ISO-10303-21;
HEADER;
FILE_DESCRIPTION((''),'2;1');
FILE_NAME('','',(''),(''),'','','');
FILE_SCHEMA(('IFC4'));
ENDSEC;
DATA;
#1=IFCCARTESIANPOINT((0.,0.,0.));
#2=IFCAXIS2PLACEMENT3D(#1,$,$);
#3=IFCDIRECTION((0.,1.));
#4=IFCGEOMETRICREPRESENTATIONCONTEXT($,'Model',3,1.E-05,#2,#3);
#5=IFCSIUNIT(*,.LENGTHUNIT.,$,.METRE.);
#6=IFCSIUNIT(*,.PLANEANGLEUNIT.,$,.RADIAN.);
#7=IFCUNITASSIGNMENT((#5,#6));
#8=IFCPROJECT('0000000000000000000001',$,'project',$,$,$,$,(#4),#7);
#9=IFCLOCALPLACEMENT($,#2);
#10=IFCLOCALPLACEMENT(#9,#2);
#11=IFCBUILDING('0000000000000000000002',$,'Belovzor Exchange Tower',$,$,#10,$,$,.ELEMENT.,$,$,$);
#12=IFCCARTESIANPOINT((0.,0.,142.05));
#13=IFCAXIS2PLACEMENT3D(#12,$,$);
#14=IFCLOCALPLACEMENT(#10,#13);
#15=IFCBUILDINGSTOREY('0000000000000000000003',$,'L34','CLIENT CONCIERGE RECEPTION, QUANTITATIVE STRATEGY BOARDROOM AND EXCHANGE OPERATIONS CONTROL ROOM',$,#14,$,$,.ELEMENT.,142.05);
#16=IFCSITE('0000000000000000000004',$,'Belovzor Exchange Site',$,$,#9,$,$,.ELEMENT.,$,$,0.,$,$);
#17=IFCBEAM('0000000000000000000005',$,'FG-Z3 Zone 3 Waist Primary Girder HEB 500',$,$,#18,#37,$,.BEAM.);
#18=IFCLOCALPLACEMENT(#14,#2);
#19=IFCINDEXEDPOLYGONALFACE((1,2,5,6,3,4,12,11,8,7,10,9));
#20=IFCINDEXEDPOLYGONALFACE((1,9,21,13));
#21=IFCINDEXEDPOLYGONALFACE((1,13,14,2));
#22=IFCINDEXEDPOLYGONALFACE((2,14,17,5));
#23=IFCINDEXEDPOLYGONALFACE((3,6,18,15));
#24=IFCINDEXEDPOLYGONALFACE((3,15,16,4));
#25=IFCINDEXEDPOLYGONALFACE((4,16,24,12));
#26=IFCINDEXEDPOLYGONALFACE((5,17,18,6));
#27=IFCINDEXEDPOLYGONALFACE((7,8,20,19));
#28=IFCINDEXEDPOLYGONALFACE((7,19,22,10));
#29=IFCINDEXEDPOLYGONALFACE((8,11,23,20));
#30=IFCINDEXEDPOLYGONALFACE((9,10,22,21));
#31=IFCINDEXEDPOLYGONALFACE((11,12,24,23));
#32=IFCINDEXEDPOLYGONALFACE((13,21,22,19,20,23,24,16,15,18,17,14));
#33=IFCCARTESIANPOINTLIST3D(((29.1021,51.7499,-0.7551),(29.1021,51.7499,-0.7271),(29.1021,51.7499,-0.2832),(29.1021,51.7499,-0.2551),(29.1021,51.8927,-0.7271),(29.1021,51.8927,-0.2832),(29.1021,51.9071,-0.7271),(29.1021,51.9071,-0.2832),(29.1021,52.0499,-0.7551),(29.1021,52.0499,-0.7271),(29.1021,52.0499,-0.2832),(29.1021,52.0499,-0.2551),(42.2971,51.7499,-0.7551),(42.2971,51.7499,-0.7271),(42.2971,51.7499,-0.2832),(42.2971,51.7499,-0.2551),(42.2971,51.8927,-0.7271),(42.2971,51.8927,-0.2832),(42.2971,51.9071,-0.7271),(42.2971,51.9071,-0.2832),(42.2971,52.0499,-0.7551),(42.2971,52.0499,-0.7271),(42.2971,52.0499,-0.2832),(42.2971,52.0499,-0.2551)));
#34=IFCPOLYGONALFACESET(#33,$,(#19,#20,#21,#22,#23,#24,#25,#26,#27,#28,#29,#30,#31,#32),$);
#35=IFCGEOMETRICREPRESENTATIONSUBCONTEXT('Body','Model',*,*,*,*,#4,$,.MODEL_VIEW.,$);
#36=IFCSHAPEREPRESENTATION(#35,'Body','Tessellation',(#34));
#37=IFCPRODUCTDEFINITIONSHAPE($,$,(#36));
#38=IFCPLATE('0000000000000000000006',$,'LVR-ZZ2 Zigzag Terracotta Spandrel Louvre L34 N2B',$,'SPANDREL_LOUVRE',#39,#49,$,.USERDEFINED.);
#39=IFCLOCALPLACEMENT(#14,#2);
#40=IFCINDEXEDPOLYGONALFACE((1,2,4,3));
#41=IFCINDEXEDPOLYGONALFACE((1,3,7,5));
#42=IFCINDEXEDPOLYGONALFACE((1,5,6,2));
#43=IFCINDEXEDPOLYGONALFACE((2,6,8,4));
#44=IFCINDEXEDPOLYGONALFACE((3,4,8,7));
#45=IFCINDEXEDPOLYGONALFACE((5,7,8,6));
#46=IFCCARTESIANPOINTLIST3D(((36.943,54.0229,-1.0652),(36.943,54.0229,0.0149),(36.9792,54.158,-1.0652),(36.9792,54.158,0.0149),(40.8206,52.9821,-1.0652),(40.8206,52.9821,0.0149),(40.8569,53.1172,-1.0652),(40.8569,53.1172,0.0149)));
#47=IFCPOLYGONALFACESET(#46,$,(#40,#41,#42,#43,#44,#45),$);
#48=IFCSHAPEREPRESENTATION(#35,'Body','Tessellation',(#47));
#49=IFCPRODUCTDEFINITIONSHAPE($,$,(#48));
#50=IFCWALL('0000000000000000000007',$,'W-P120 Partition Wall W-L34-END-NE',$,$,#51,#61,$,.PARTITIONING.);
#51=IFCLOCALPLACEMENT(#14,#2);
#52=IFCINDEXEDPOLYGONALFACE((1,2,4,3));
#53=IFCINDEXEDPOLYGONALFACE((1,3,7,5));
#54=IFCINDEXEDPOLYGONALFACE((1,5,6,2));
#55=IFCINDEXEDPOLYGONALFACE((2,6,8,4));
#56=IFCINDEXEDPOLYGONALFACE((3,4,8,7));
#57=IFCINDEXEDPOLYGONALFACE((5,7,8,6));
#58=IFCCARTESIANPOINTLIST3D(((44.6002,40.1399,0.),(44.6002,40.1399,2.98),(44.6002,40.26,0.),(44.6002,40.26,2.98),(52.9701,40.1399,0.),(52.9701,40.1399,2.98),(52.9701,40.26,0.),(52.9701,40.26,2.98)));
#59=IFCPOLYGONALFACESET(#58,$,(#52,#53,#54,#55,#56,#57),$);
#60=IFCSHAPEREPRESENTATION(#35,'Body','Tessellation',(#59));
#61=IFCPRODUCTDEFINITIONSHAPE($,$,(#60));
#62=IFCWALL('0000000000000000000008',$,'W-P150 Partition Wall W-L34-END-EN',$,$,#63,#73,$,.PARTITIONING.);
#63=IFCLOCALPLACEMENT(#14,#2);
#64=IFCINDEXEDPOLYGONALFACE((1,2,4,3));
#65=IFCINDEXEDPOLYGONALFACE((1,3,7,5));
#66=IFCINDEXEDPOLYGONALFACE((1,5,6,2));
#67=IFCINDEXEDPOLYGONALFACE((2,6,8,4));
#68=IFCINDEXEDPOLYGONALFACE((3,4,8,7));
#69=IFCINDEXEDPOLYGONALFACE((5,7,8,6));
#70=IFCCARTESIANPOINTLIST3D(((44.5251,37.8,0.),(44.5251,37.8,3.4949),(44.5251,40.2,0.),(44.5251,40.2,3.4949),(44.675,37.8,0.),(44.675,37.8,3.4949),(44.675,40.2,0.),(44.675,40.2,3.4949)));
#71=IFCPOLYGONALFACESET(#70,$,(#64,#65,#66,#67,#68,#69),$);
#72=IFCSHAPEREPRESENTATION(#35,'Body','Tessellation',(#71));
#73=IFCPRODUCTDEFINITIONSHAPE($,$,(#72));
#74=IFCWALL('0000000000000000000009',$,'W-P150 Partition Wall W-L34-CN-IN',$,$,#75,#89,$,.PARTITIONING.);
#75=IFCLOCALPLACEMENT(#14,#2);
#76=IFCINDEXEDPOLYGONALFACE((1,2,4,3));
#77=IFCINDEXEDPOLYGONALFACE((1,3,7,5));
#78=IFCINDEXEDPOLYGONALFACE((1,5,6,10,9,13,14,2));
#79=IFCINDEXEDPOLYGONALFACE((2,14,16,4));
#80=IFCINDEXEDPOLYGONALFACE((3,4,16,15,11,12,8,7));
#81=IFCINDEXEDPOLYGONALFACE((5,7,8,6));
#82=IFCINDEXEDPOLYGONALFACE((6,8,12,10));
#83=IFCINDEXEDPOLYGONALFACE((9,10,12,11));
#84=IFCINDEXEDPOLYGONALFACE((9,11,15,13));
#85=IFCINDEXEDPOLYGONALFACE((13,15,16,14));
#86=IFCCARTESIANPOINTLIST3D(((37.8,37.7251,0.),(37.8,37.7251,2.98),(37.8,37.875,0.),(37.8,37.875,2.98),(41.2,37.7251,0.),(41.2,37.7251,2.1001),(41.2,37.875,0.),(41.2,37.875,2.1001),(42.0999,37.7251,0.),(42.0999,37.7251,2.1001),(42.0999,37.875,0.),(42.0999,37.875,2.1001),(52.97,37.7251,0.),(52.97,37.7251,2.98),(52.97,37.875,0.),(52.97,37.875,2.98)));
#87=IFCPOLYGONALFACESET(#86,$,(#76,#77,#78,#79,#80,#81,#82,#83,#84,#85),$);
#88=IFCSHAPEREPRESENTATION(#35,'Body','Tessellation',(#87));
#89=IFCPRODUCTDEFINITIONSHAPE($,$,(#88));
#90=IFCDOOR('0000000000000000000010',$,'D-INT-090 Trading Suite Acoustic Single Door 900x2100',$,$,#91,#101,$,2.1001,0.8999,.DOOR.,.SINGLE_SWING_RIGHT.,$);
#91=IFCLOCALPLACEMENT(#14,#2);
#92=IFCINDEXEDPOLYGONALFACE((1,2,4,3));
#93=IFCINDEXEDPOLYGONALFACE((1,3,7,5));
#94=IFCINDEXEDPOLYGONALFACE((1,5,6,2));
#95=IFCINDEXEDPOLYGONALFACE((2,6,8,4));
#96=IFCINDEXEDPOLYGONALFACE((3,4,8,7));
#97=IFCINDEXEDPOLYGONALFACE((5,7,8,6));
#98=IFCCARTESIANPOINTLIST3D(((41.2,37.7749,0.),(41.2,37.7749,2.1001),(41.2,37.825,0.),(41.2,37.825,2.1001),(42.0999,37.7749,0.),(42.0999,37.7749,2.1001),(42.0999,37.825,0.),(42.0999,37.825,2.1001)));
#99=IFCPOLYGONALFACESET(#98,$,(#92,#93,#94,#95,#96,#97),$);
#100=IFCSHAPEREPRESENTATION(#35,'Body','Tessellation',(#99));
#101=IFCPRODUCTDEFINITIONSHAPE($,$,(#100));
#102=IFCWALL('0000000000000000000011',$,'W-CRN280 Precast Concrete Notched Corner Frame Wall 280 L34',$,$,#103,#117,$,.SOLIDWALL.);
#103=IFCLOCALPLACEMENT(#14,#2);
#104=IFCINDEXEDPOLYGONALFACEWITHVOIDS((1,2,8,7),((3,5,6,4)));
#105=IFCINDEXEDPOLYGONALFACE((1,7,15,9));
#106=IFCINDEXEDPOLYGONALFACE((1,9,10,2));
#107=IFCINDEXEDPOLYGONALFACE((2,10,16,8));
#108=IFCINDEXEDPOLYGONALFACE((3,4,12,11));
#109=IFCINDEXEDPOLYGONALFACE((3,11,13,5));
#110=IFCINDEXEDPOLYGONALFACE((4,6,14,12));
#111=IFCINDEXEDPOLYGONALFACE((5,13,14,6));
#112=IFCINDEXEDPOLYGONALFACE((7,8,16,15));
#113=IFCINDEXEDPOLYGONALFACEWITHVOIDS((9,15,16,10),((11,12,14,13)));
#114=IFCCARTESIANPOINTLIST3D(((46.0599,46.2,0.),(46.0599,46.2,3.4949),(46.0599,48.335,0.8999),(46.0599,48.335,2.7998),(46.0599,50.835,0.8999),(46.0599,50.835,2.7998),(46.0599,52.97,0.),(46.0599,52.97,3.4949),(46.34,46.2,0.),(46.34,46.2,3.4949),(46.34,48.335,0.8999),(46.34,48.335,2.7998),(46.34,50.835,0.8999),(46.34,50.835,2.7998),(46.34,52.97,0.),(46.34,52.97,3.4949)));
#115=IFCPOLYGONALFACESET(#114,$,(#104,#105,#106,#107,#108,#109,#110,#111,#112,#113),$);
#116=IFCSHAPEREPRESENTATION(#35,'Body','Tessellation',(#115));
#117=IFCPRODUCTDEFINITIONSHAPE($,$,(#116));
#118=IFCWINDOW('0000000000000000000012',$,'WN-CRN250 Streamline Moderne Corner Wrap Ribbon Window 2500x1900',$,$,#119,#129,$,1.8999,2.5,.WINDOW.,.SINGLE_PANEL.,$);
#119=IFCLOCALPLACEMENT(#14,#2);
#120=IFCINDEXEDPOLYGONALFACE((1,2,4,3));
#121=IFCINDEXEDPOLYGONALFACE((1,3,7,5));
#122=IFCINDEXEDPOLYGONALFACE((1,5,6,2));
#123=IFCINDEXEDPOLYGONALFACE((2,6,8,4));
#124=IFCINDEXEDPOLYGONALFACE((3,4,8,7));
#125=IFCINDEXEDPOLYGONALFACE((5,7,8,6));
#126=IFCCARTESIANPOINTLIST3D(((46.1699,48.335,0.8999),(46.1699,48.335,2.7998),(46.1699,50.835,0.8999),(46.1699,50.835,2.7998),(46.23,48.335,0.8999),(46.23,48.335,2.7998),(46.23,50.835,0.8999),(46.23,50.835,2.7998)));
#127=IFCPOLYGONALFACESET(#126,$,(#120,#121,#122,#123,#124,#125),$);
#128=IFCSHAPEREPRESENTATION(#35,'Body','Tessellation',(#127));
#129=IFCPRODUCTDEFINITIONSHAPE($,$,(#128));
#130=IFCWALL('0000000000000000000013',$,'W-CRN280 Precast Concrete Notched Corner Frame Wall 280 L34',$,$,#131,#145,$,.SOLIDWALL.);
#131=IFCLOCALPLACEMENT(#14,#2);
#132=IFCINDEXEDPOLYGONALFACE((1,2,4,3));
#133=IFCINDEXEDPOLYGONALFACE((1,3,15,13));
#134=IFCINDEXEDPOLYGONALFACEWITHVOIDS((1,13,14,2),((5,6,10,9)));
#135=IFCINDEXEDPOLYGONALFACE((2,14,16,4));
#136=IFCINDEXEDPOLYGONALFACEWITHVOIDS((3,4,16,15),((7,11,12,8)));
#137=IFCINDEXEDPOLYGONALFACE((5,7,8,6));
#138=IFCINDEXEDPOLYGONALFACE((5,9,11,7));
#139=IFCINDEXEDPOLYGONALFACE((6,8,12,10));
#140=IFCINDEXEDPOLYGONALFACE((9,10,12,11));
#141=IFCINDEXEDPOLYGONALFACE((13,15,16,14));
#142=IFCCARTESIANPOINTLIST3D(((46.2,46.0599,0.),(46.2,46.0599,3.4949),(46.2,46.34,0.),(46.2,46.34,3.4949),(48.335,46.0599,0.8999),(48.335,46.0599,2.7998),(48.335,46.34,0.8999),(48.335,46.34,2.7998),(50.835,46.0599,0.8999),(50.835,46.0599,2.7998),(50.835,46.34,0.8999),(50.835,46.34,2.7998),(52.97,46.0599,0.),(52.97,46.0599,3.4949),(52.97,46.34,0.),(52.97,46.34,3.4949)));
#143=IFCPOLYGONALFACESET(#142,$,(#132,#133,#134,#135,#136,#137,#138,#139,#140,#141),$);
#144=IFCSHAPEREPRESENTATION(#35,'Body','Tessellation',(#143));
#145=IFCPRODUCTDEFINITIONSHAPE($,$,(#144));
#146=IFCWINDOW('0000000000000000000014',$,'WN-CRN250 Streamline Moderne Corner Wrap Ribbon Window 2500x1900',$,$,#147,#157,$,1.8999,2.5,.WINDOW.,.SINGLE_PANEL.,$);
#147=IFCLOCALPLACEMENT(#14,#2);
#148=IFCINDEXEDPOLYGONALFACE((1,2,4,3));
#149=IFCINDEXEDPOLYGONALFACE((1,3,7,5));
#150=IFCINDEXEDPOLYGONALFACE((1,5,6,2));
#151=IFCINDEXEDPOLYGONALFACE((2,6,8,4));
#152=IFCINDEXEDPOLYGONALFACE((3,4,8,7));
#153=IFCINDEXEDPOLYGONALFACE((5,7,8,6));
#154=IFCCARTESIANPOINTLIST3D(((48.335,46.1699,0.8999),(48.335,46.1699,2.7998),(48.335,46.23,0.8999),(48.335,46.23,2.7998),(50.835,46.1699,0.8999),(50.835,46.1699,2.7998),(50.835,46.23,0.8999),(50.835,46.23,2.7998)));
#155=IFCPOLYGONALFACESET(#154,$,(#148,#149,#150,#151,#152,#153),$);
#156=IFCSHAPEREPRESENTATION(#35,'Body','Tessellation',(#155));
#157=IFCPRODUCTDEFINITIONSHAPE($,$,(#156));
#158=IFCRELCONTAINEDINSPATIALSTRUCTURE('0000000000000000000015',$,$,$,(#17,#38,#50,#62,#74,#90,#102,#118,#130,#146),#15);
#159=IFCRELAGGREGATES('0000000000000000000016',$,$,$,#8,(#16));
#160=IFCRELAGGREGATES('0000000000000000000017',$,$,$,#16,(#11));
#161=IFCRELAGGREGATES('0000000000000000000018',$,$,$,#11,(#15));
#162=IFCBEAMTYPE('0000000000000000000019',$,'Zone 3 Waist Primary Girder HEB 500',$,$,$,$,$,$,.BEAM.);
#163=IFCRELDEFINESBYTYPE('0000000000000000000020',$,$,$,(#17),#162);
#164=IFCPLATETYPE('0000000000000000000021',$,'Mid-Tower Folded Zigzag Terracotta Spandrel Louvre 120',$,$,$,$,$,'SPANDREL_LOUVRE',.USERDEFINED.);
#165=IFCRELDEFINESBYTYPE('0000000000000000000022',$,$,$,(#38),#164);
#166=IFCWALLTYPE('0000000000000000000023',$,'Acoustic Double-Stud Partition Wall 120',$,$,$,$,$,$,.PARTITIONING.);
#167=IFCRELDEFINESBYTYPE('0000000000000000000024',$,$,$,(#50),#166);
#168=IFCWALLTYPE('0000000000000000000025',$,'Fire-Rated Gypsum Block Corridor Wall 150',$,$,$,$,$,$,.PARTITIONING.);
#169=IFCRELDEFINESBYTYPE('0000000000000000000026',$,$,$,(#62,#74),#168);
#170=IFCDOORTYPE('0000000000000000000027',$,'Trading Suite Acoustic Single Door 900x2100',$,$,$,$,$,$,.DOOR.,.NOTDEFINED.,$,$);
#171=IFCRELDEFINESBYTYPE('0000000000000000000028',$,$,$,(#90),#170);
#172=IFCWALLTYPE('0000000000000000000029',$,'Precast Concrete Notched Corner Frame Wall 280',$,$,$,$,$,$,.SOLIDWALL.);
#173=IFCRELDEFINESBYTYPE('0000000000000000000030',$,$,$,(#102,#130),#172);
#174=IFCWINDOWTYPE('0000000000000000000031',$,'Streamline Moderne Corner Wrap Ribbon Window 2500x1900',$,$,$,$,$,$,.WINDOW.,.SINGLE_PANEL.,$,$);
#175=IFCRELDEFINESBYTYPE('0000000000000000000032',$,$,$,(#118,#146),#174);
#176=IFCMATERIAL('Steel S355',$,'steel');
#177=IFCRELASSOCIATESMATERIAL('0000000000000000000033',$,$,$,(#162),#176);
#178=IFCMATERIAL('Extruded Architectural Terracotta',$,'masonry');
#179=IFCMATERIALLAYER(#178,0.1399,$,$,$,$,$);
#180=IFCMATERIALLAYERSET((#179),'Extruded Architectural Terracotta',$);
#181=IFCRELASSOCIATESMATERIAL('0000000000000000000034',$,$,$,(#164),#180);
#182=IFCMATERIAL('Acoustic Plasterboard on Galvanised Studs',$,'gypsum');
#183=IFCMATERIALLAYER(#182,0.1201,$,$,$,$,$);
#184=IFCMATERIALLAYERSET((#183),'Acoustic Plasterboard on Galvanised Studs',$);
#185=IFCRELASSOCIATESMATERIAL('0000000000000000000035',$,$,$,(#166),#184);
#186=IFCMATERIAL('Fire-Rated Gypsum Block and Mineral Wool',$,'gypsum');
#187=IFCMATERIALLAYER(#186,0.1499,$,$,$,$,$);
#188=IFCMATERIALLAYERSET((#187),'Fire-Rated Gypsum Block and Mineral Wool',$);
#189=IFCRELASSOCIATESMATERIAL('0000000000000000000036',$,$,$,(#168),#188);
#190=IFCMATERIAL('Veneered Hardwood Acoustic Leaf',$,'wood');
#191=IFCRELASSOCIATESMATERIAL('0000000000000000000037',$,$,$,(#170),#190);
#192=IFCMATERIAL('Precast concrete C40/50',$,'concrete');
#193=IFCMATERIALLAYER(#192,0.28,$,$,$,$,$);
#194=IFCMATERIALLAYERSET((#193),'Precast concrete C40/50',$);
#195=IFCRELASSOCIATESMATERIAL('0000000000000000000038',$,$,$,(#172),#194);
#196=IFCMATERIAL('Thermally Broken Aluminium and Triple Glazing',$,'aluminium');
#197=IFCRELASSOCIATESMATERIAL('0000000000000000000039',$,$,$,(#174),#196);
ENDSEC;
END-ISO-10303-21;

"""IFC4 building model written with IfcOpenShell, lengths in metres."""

from ifc_helpers import new_model, si_unit, direction, frame, frame_2d, origin, origin_2d, place, context, subcontext, project, spatial, rectangle, i_section, extrude, material, layer, layer_set, material_profile, profile_set, type_object, element, fill, save


model = new_model("IFC4")

# Units and contexts
model_context = context("Model", 3, precision=1e-05, world=origin(), true_north=direction((0.0, 1.0)))
body_context = subcontext(model_context, "Body", "Model", "MODEL_VIEW")
ifc_project = project(units=[si_unit("LENGTHUNIT", "METRE"), si_unit("PLANEANGLEUNIT", "RADIAN")], contexts=[model_context])

# Site, building, storey
site_placement = place(None, origin())
site = spatial("IfcSite", under=ifc_project, at=site_placement, Name="Belovzor Exchange Site", CompositionType="ELEMENT", RefElevation=0.0)
building_placement = place(site_placement, origin())
building = spatial("IfcBuilding", under=site, at=building_placement, Name="Belovzor Exchange Tower", CompositionType="ELEMENT")
storey_placement = place(building_placement, frame((0.0, 0.0, 142.05)))
storey = spatial("IfcBuildingStorey", under=building, at=storey_placement, Name="L34", Description="CLIENT CONCIERGE RECEPTION, QUANTITATIVE STRATEGY BOARDROOM AND EXCHANGE OPERATIONS CONTROL ROOM", CompositionType="ELEMENT", Elevation=142.05)

# Beam
ifc_material_1 = material(Name="Steel S355", Category="steel")
ifc_material_profile_1 = material_profile(ifc_material_1, i_section(OverallWidth=0.3, OverallDepth=0.5, WebThickness=0.0144, FlangeThickness=0.0281, at=origin_2d()))
ifc_profile_set_1 = profile_set([ifc_material_profile_1], Name="Steel S355")
beam_type_1 = type_object("IfcBeamType", Name="Zone 3 Waist Primary Girder HEB 500", PredefinedType="BEAM", material=ifc_profile_set_1)
beam_1_placement = place(storey_placement, frame((42.2971, 51.8999, -0.5051), z_axis=(-1.0, 0.0, 0.0), x_axis=(0.0, -1.0, 0.0)))
element("IfcBeam", 1, at=beam_1_placement, inside=storey, type_object=beam_type_1, Name="FG-Z3 Zone 3 Waist Primary Girder HEB 500", PredefinedType="BEAM", context=body_context, shape_type="SweptSolid", body=[
    extrude(i_section(OverallWidth=0.3, OverallDepth=0.5, WebThickness=0.0144, FlangeThickness=0.0281, at=origin_2d()), origin(), (0.0, 0.0, 1.0), 13.1951),
])

# Plate
ifc_material_2 = material(Name="Extruded Architectural Terracotta", Category="masonry")
ifc_layer_1 = layer(ifc_material_2, 0.1399)
ifc_layer_set_1 = layer_set([ifc_layer_1], Name="Extruded Architectural Terracotta")
plate_type = type_object("IfcPlateType", Name="Mid-Tower Folded Zigzag Terracotta Spandrel Louvre 120", ElementType="SPANDREL_LOUVRE", PredefinedType="USERDEFINED", material=ifc_layer_set_1)
plate_placement = place(storey_placement, frame((38.8999, 53.5701, -1.0652), z_axis=(0.0, 0.0, 1.0), x_axis=(0.965813, -0.25924, 0.0)))
element("IfcPlate", 2, at=plate_placement, inside=storey, type_object=plate_type, Name="LVR-ZZ2 Zigzag Terracotta Spandrel Louvre L34 N2B", ObjectType="SPANDREL_LOUVRE", PredefinedType="USERDEFINED", context=body_context, shape_type="SweptSolid", body=[
    extrude(rectangle(XDim=4.0149, YDim=0.1399, at=origin_2d()), origin(), (0.0, 0.0, 1.0), 1.0801),
])

# Walls
ifc_material_3 = material(Name="Acoustic Plasterboard on Galvanised Studs", Category="gypsum")
ifc_layer_2 = layer(ifc_material_3, 0.1201)
ifc_layer_set_2 = layer_set([ifc_layer_2], Name="Acoustic Plasterboard on Galvanised Studs")
wall_type_1 = type_object("IfcWallType", Name="Acoustic Double-Stud Partition Wall 120", PredefinedType="PARTITIONING", material=ifc_layer_set_2)
wall_1_placement = place(storey_placement, frame((44.6001, 40.2, 0.0), z_axis=(0.0, 0.0, 1.0), x_axis=(1.0, 0.0, 0.0)))
element("IfcWall", 3, at=wall_1_placement, inside=storey, type_object=wall_type_1, Name="W-P120 Partition Wall W-L34-END-NE", PredefinedType="PARTITIONING", context=body_context, shape_type="SweptSolid", body=[
    extrude(rectangle(XDim=8.3699, YDim=0.1201, at=frame_2d((4.1851, 0.0))), origin(), (0.0, 0.0, 1.0), 2.98),
])
ifc_material_4 = material(Name="Fire-Rated Gypsum Block and Mineral Wool", Category="gypsum")
ifc_layer_3 = layer(ifc_material_4, 0.1499)
ifc_layer_set_3 = layer_set([ifc_layer_3], Name="Fire-Rated Gypsum Block and Mineral Wool")
wall_type_2 = type_object("IfcWallType", Name="Fire-Rated Gypsum Block Corridor Wall 150", PredefinedType="PARTITIONING", material=ifc_layer_set_3)
wall_2_placement = place(storey_placement, frame((44.6001, 37.8, 0.0), z_axis=(0.0, 0.0, 1.0), x_axis=(0.0, 1.0, 0.0)))
element("IfcWall", 4, at=wall_2_placement, inside=storey, type_object=wall_type_2, Name="W-P150 Partition Wall W-L34-END-EN", PredefinedType="PARTITIONING", context=body_context, shape_type="SweptSolid", body=[
    extrude(rectangle(XDim=2.3999, YDim=0.1499, at=frame_2d((1.2, 0.0))), origin(), (0.0, 0.0, 1.0), 3.4949),
])

# Wall, opening, door
wall_3_placement = place(storey_placement, frame((37.8, 37.8, 0.0), z_axis=(0.0, 0.0, 1.0), x_axis=(1.0, 0.0, 0.0)))
wall_3 = element("IfcWall", 5, at=wall_3_placement, inside=storey, type_object=wall_type_2, Name="W-P150 Partition Wall W-L34-CN-IN", PredefinedType="PARTITIONING", context=body_context, shape_type="SweptSolid", body=[
    extrude(rectangle(XDim=15.1699, YDim=0.1499, at=frame_2d((7.585, 0.0))), origin(), (0.0, 0.0, 1.0), 2.98),
])
opening_1_placement = place(wall_3_placement, frame((3.3999, 0.0, 0.0)))
opening_1 = element("IfcOpeningElement", 6, at=opening_1_placement, cuts=wall_3, PredefinedType="OPENING", context=body_context, shape_type="SweptSolid", body=[
    extrude(rectangle(XDim=0.8999, YDim=2.1001, at=frame_2d((0.45, 1.05))), frame((0.0, 0.085, 0.0), z_axis=(0.0, -1.0, 0.0), x_axis=(1.0, 0.0, 0.0)), (0.0, 0.0, 1.0), 0.1699),
])
ifc_material_5 = material(Name="Veneered Hardwood Acoustic Leaf", Category="wood")
door_type_1 = type_object("IfcDoorType", Name="Trading Suite Acoustic Single Door 900x2100", OperationType="NOTDEFINED", PredefinedType="DOOR", material=ifc_material_5)
door_1_placement = place(opening_1_placement, origin())
door_1 = element("IfcDoor", 7, at=door_1_placement, inside=storey, type_object=door_type_1, Name="D-INT-090 Trading Suite Acoustic Single Door 900x2100", OperationType="SINGLE_SWING_RIGHT", OverallHeight=2.1001, OverallWidth=0.8999, PredefinedType="DOOR", context=body_context, shape_type="SweptSolid", body=[
    extrude(rectangle(XDim=0.8999, YDim=2.1001, at=frame_2d((0.45, 1.05))), frame((0.0, 0.0249, 0.0), z_axis=(0.0, -1.0, 0.0), x_axis=(1.0, 0.0, 0.0)), (0.0, 0.0, 1.0), 0.05),
])
fill(opening_1, door_1)

# Walls, openings, windows
ifc_material_6 = material(Name="Precast concrete C40/50", Category="concrete")
ifc_layer_4 = layer(ifc_material_6, 0.28)
ifc_layer_set_4 = layer_set([ifc_layer_4], Name="Precast concrete C40/50")
wall_type_3 = type_object("IfcWallType", Name="Precast Concrete Notched Corner Frame Wall 280", PredefinedType="SOLIDWALL", material=ifc_layer_set_4)
wall_4_placement = place(storey_placement, frame((46.2, 52.97, 0.0), z_axis=(0.0, 0.0, 1.0), x_axis=(0.0, -1.0, 0.0)))
wall_4 = element("IfcWall", 8, at=wall_4_placement, inside=storey, type_object=wall_type_3, Name="W-CRN280 Precast Concrete Notched Corner Frame Wall 280 L34", PredefinedType="SOLIDWALL", context=body_context, shape_type="SweptSolid", body=[
    extrude(rectangle(XDim=6.77, YDim=0.28, at=frame_2d((3.385, 0.0))), origin(), (0.0, 0.0, 1.0), 3.4949),
])
opening_2_placement = place(wall_4_placement, frame((2.135, 0.0, 0.8999)))
opening_2 = element("IfcOpeningElement", 9, at=opening_2_placement, cuts=wall_4, PredefinedType="OPENING", context=body_context, shape_type="SweptSolid", body=[
    extrude(rectangle(XDim=2.5, YDim=1.8999, at=frame_2d((1.25, 0.95))), frame((0.0, 0.1499, 0.0), z_axis=(0.0, -1.0, 0.0), x_axis=(1.0, 0.0, 0.0)), (0.0, 0.0, 1.0), 0.3),
])
ifc_material_7 = material(Name="Thermally Broken Aluminium and Triple Glazing", Category="aluminium")
window_type = type_object("IfcWindowType", Name="Streamline Moderne Corner Wrap Ribbon Window 2500x1900", PartitioningType="SINGLE_PANEL", PredefinedType="WINDOW", material=ifc_material_7)
window_1_placement = place(opening_2_placement, origin())
window_1 = element("IfcWindow", 10, at=window_1_placement, inside=storey, type_object=window_type, Name="WN-CRN250 Streamline Moderne Corner Wrap Ribbon Window 2500x1900", OverallHeight=1.8999, OverallWidth=2.5, PartitioningType="SINGLE_PANEL", PredefinedType="WINDOW", context=body_context, shape_type="SweptSolid", body=[
    extrude(rectangle(XDim=2.5, YDim=1.8999, at=frame_2d((1.25, 0.95))), frame((0.0, 0.03, 0.0), z_axis=(0.0, -1.0, 0.0), x_axis=(1.0, 0.0, 0.0)), (0.0, 0.0, 1.0), 0.0601),
])
fill(opening_2, window_1)
wall_5_placement = place(storey_placement, frame((46.2, 46.2, 0.0), z_axis=(0.0, 0.0, 1.0), x_axis=(1.0, 0.0, 0.0)))
wall_5 = element("IfcWall", 11, at=wall_5_placement, inside=storey, type_object=wall_type_3, Name="W-CRN280 Precast Concrete Notched Corner Frame Wall 280 L34", PredefinedType="SOLIDWALL", context=body_context, shape_type="SweptSolid", body=[
    extrude(rectangle(XDim=6.77, YDim=0.28, at=frame_2d((3.385, 0.0))), origin(), (0.0, 0.0, 1.0), 3.4949),
])
opening_3_placement = place(wall_5_placement, frame((2.135, 0.0, 0.8999)))
opening_3 = element("IfcOpeningElement", 12, at=opening_3_placement, cuts=wall_5, PredefinedType="OPENING", context=body_context, shape_type="SweptSolid", body=[
    extrude(rectangle(XDim=2.5, YDim=1.8999, at=frame_2d((1.25, 0.95))), frame((0.0, 0.1499, 0.0), z_axis=(0.0, -1.0, 0.0), x_axis=(1.0, 0.0, 0.0)), (0.0, 0.0, 1.0), 0.3),
])
window_2_placement = place(opening_3_placement, origin())
window_2 = element("IfcWindow", 13, at=window_2_placement, inside=storey, type_object=window_type, Name="WN-CRN250 Streamline Moderne Corner Wrap Ribbon Window 2500x1900", OverallHeight=1.8999, OverallWidth=2.5, PartitioningType="SINGLE_PANEL", PredefinedType="WINDOW", context=body_context, shape_type="SweptSolid", body=[
    extrude(rectangle(XDim=2.5, YDim=1.8999, at=frame_2d((1.25, 0.95))), frame((0.0, 0.03, 0.0), z_axis=(0.0, -1.0, 0.0), x_axis=(1.0, 0.0, 0.0)), (0.0, 0.0, 1.0), 0.0601),
])
fill(opening_3, window_2)

save(model, "model.ifc")
